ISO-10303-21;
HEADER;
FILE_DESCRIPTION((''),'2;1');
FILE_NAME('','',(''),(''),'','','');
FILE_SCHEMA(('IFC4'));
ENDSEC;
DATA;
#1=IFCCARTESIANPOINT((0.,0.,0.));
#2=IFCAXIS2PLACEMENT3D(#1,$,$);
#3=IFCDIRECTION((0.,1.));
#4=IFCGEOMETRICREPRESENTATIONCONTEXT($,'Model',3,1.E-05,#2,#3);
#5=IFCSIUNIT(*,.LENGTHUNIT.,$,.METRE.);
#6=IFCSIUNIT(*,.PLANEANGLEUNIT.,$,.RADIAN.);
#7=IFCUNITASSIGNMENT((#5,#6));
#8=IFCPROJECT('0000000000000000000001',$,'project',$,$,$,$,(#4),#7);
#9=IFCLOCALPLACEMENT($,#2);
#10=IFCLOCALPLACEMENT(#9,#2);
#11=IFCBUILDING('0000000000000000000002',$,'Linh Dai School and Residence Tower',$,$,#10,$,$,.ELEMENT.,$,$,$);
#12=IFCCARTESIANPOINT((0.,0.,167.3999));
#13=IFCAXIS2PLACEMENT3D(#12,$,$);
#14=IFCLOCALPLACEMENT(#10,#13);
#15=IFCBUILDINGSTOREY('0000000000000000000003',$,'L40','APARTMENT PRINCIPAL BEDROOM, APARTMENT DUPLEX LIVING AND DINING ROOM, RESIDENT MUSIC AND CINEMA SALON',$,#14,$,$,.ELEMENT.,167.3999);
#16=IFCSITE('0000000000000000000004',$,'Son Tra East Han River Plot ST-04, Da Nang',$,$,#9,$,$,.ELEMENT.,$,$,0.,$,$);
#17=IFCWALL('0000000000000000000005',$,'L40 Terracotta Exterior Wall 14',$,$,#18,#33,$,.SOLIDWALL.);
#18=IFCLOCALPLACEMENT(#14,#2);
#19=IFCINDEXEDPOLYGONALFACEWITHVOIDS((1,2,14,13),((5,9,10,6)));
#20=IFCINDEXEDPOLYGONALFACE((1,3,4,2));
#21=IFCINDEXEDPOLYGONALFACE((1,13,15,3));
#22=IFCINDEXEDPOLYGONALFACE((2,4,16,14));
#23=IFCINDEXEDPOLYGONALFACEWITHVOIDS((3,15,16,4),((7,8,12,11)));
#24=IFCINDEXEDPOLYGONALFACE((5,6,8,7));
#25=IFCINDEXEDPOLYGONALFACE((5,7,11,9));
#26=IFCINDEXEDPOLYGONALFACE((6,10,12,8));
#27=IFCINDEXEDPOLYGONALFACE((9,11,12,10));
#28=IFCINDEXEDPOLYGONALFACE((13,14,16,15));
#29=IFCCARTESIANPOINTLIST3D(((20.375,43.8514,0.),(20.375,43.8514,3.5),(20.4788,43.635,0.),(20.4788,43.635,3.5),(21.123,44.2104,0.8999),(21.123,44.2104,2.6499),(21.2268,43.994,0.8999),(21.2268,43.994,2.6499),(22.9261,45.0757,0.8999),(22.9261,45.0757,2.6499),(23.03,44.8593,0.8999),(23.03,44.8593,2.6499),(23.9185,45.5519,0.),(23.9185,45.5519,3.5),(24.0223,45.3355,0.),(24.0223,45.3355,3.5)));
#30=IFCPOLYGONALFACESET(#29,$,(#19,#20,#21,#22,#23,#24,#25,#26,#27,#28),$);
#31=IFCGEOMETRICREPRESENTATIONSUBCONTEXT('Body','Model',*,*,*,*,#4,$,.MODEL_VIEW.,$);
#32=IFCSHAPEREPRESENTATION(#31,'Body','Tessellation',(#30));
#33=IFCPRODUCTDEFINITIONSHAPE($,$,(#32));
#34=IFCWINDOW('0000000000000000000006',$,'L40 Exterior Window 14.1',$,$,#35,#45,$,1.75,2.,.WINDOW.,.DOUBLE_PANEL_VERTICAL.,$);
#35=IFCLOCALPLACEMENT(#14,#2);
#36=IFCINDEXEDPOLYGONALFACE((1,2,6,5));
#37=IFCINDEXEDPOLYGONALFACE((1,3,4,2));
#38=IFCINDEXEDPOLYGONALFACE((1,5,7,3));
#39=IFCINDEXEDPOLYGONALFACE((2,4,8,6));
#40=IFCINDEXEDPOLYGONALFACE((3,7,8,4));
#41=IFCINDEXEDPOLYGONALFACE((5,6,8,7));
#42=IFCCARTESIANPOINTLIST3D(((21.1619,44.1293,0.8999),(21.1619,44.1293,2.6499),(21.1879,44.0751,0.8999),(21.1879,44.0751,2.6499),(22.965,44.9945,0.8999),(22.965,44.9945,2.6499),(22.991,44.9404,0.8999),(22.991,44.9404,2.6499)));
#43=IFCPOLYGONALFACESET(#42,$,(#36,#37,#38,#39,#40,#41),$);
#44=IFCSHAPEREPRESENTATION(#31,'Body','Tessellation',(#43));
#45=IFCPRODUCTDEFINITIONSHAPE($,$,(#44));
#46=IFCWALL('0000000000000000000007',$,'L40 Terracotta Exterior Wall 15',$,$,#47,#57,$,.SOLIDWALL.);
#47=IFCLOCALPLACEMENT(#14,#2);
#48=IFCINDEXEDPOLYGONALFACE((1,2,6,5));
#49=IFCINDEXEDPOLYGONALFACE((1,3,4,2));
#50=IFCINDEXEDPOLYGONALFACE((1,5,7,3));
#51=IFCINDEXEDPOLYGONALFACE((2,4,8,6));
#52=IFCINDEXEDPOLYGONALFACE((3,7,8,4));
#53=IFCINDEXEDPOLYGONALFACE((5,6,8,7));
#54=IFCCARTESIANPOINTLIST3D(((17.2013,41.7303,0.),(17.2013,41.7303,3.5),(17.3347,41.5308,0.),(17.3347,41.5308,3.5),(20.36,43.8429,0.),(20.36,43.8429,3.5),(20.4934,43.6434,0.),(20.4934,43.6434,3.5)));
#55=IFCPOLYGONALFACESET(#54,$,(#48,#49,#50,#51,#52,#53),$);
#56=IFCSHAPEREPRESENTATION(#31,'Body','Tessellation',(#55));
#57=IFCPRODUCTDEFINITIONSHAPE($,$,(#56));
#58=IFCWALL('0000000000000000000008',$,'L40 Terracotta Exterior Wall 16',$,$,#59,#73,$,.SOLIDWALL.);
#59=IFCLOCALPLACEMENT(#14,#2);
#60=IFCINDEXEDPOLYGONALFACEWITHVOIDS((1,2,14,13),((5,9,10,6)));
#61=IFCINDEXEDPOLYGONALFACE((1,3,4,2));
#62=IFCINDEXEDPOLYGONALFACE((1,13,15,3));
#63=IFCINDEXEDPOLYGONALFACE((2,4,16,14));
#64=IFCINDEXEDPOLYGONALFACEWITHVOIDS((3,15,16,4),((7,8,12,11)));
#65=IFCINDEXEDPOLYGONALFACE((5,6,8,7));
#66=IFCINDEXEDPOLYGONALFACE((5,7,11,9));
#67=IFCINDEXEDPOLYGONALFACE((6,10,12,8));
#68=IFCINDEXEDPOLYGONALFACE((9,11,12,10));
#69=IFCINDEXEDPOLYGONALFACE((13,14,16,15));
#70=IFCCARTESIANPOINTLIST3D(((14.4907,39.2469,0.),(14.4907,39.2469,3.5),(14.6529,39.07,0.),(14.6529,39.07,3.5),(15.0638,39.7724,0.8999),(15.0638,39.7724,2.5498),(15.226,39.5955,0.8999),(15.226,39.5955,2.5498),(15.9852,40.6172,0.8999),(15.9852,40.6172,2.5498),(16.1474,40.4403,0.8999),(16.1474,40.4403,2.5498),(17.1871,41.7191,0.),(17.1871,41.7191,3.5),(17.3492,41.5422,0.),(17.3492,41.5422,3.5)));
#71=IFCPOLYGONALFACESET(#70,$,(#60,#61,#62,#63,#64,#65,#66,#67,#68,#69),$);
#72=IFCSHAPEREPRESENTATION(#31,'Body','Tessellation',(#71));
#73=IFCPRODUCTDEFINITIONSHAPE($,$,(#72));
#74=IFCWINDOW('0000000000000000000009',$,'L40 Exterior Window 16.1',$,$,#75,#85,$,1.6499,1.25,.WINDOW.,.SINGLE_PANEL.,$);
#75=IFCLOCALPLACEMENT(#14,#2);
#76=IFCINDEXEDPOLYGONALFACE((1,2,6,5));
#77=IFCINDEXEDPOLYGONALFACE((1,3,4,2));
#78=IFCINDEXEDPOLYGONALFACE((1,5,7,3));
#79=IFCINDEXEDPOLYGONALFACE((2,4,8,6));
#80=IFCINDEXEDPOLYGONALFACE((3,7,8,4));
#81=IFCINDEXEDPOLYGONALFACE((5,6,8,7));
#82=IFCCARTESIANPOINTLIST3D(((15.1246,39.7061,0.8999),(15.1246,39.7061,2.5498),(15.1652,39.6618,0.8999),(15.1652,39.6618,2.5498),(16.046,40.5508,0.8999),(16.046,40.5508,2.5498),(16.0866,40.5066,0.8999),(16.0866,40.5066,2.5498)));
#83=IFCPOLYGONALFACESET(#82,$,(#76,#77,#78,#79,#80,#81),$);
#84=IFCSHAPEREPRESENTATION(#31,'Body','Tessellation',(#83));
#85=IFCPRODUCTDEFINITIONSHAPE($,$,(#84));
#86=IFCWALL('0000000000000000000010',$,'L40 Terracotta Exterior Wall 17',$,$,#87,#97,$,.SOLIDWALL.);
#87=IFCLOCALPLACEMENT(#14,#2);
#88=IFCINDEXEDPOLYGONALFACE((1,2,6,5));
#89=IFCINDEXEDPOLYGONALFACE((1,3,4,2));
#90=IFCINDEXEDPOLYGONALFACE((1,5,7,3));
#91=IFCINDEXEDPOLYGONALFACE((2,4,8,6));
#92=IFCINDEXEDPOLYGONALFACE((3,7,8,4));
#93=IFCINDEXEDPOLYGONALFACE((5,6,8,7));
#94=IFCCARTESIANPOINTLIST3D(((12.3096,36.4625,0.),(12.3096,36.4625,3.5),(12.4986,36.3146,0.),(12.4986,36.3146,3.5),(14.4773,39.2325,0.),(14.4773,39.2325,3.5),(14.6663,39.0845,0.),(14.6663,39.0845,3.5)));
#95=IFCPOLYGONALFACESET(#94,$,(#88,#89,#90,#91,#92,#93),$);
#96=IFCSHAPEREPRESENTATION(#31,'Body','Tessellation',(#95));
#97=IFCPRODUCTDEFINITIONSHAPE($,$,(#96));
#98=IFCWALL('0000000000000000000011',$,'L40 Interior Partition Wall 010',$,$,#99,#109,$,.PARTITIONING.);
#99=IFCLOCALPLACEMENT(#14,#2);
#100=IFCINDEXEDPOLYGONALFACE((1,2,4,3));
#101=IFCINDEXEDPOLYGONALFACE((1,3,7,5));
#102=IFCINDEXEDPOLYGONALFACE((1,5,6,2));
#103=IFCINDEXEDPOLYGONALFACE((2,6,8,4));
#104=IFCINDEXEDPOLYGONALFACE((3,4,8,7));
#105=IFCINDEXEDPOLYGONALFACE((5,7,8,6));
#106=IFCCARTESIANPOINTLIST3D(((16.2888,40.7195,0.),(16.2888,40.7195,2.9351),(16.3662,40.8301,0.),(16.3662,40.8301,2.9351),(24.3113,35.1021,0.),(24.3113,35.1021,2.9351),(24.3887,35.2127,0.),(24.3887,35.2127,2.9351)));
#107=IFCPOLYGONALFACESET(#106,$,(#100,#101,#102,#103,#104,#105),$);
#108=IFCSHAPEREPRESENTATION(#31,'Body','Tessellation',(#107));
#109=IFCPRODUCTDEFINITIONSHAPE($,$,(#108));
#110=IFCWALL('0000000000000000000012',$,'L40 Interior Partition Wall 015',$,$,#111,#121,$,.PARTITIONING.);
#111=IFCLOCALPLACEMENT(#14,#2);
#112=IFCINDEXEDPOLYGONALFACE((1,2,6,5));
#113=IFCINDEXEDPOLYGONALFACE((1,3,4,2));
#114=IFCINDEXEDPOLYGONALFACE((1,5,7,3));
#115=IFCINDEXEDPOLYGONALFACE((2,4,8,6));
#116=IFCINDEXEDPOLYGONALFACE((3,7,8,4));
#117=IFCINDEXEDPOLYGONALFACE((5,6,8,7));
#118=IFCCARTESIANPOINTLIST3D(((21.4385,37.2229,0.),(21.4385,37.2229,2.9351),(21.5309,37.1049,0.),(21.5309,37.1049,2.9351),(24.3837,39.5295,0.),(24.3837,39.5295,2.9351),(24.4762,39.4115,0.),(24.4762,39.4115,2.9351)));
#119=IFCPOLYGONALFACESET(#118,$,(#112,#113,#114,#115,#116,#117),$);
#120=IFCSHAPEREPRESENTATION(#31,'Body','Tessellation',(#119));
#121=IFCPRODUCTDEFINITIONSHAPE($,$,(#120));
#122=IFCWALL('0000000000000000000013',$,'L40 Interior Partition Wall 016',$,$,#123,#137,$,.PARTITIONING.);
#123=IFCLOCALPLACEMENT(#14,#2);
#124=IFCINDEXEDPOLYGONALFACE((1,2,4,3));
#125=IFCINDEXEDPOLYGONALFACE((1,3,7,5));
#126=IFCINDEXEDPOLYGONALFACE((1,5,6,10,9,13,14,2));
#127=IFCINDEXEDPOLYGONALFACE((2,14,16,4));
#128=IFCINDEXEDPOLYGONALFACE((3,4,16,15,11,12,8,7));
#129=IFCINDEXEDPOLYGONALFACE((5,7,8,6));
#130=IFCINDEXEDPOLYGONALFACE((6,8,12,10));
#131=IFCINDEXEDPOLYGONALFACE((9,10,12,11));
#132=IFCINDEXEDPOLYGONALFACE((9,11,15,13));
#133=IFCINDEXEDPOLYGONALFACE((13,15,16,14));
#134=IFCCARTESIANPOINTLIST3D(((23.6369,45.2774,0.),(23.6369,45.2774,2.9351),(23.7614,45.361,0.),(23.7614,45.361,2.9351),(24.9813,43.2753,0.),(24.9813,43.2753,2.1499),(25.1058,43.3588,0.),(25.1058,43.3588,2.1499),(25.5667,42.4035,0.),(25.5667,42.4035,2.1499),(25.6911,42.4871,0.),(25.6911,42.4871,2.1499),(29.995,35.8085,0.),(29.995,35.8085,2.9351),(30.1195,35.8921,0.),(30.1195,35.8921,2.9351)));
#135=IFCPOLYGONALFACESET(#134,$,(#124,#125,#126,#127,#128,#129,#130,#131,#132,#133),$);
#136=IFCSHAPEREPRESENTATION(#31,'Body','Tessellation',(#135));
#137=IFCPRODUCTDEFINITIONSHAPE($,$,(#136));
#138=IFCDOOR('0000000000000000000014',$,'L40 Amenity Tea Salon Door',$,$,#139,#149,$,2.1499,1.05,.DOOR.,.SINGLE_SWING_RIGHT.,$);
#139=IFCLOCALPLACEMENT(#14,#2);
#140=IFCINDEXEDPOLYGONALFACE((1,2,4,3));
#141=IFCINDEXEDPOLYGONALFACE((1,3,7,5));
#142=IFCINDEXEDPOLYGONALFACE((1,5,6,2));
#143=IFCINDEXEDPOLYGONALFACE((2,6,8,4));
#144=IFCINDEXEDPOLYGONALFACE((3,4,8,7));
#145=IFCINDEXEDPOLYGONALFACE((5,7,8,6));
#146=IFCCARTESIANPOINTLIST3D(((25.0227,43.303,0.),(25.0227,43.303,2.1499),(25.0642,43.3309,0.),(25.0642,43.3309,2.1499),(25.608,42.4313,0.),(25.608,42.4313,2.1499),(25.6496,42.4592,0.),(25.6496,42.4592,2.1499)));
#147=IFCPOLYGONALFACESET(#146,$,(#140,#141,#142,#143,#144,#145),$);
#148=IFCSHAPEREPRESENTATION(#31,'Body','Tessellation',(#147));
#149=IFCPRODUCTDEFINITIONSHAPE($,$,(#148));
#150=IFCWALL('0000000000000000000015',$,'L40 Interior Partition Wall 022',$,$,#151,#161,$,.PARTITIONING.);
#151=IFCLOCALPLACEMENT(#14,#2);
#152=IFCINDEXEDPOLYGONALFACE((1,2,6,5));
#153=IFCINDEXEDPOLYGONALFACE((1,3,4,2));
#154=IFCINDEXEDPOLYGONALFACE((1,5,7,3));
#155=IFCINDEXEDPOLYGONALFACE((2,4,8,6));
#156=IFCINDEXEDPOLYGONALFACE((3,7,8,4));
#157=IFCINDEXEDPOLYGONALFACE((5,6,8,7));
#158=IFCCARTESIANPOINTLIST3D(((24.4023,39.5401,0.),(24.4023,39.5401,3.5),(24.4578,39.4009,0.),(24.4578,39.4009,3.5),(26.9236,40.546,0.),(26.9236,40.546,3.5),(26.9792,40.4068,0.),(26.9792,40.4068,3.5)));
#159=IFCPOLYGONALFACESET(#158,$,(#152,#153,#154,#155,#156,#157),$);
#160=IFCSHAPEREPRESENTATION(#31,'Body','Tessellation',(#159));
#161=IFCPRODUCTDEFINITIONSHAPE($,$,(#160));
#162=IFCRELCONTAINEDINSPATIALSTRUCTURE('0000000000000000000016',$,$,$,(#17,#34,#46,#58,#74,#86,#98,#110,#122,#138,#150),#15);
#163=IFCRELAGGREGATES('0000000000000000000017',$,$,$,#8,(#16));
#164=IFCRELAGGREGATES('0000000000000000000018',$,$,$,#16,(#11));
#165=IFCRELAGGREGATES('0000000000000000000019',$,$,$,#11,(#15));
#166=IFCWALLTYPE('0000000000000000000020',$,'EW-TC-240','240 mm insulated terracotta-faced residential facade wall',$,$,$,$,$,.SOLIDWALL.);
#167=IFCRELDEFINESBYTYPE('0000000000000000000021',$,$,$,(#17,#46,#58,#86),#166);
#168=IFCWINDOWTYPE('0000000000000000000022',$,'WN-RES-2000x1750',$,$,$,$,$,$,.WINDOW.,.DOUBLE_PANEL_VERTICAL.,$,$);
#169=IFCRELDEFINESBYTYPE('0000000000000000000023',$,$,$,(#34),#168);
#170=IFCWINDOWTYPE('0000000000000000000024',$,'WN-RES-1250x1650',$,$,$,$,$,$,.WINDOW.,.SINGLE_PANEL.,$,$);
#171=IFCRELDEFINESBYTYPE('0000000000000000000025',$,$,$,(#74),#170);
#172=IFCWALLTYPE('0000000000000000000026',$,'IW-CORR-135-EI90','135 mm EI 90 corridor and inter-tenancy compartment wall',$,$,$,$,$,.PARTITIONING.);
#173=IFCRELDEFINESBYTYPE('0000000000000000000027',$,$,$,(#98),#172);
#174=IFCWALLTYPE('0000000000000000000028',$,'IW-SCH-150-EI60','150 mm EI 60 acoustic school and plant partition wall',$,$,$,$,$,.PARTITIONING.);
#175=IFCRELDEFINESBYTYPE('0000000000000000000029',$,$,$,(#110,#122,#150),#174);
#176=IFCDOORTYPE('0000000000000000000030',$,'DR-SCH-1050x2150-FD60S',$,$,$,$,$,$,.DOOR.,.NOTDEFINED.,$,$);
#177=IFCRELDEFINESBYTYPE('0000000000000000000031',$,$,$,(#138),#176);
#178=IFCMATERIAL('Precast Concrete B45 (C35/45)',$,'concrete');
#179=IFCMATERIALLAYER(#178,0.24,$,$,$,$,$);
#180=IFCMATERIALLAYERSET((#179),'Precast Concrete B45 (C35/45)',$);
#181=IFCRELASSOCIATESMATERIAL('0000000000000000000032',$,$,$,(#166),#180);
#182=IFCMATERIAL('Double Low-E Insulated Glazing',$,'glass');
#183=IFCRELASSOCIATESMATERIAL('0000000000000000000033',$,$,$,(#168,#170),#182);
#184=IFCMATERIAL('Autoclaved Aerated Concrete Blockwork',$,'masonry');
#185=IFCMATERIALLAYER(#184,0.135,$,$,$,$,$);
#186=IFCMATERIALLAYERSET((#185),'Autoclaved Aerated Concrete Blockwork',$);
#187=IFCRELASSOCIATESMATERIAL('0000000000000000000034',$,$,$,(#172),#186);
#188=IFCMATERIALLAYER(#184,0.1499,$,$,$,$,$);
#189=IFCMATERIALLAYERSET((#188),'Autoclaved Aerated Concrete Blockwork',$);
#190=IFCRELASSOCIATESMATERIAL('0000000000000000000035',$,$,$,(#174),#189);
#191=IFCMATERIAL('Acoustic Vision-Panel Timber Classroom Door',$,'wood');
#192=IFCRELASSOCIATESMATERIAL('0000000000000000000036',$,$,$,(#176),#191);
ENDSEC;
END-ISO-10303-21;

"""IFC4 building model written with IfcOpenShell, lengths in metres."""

from ifc_helpers import new_model, si_unit, direction, frame, frame_2d, origin, origin_2d, place, context, subcontext, project, spatial, rectangle, extrude, source, transform, mapped, material, layer, layer_set, type_object, element, fill, save


model = new_model("IFC4")

# Units and contexts
model_context = context("Model", 3, precision=1e-05, world=origin(), true_north=direction((0.0, 1.0)))
body_context = subcontext(model_context, "Body", "Model", "MODEL_VIEW")
ifc_project = project(units=[si_unit("LENGTHUNIT", "METRE"), si_unit("PLANEANGLEUNIT", "RADIAN")], contexts=[model_context])

# Site, building, storey
site_placement = place(None, origin())
site = spatial("IfcSite", under=ifc_project, at=site_placement, Name="Son Tra East Han River Plot ST-04, Da Nang", CompositionType="ELEMENT", RefElevation=0.0)
building_placement = place(site_placement, origin())
building = spatial("IfcBuilding", under=site, at=building_placement, Name="Linh Dai School and Residence Tower", CompositionType="ELEMENT")
storey_placement = place(building_placement, frame((0.0, 0.0, 167.3999)))
storey = spatial("IfcBuildingStorey", under=building, at=storey_placement, Name="L40", Description="APARTMENT PRINCIPAL BEDROOM, APARTMENT DUPLEX LIVING AND DINING ROOM, RESIDENT MUSIC AND CINEMA SALON", CompositionType="ELEMENT", Elevation=167.3999)

# Shared definitions
ifc_material_1 = material(Name="Precast Concrete B45 (C35/45)", Category="concrete")

# Wall, opening, window
ifc_layer_1 = layer(ifc_material_1, 0.24)
ifc_layer_set_1 = layer_set([ifc_layer_1], Name="Precast Concrete B45 (C35/45)")
wall_type_1 = type_object("IfcWallType", Name="EW-TC-240", Description="240 mm insulated terracotta-faced residential facade wall", PredefinedType="SOLIDWALL", material=ifc_layer_set_1)
ifc_material_2 = material(Name="Double Low-E Insulated Glazing", Category="glass")
window_type_1 = type_object("IfcWindowType", Name="WN-RES-2000x1750", PartitioningType="DOUBLE_PANEL_VERTICAL", PredefinedType="WINDOW", material=ifc_material_2)
shared_shape_1 = source(origin(), body_context, "Body", "SweptSolid", [
    extrude(rectangle(XDim=2.0, YDim=1.75, at=origin_2d()), frame((1.0, 0.03, 0.875), z_axis=(0.0, -1.0, 0.0), x_axis=(1.0, 0.0, 0.0)), (0.0, 0.0, 1.0), 0.0601),
])
wall_1_placement = place(storey_placement, frame((20.4268, 43.7432, 0.0), z_axis=(0.0, 0.0, 1.0), x_axis=(0.901565, 0.432644, 0.0)))
wall_1 = element("IfcWall", 1, at=wall_1_placement, inside=storey, type_object=wall_type_1, Name="L40 Terracotta Exterior Wall 14", PredefinedType="SOLIDWALL", context=body_context, shape_type="SweptSolid", body=[
    extrude(rectangle(XDim=3.9304, YDim=0.24, at=frame_2d((1.9653, 0.0))), origin(), (0.0, 0.0, 1.0), 3.5),
])
opening_1_placement = place(wall_1_placement, frame((0.8298, 0.0, 0.8999)))
opening_1 = element("IfcOpeningElement", 2, at=opening_1_placement, cuts=wall_1, PredefinedType="OPENING", context=body_context, shape_type="SweptSolid", body=[
    extrude(rectangle(XDim=2.0, YDim=1.75, at=origin_2d()), frame((1.0, 0.1299, 0.875), z_axis=(0.0, -1.0, 0.0), x_axis=(1.0, 0.0, 0.0)), (0.0, 0.0, 1.0), 0.26),
])
window_1_placement = place(opening_1_placement, origin())
window_1 = element("IfcWindow", 3, at=window_1_placement, inside=storey, type_object=window_type_1, Name="L40 Exterior Window 14.1", OverallHeight=1.75, OverallWidth=2.0, PartitioningType="DOUBLE_PANEL_VERTICAL", PredefinedType="WINDOW", context=body_context, shape_type="MappedRepresentation", body=[
    mapped(shared_shape_1, transform((0.0, 0.0, 0.0), x_axis=(1.0, 0.0, 0.0), y_axis=(0.0, 1.0, 0.0), z_axis=(0.0, 0.0, 1.0), scale=1.0)),
])
fill(opening_1, window_1)

# Wall
wall_2_placement = place(storey_placement, frame((17.2681, 41.6306, 0.0), z_axis=(0.0, 0.0, 1.0), x_axis=(0.831229, 0.55593, 0.0)))
element("IfcWall", 4, at=wall_2_placement, inside=storey, type_object=wall_type_1, Name="L40 Terracotta Exterior Wall 15", PredefinedType="SOLIDWALL", context=body_context, shape_type="SweptSolid", body=[
    extrude(rectangle(XDim=3.8, YDim=0.24, at=frame_2d((1.8999, 0.0))), origin(), (0.0, 0.0, 1.0), 3.5),
])

# Wall, opening, window
wall_3_placement = place(storey_placement, frame((14.5718, 39.1584, 0.0), z_axis=(0.0, 0.0, 1.0), x_axis=(0.737077, 0.675809, 0.0)))
wall_3 = element("IfcWall", 5, at=wall_3_placement, inside=storey, type_object=wall_type_1, Name="L40 Terracotta Exterior Wall 16", PredefinedType="SOLIDWALL", context=body_context, shape_type="SweptSolid", body=[
    extrude(rectangle(XDim=3.6582, YDim=0.24, at=frame_2d((1.8291, 0.0))), origin(), (0.0, 0.0, 1.0), 3.5),
])
opening_2_placement = place(wall_3_placement, frame((0.7776, 0.0, 0.8999)))
opening_2 = element("IfcOpeningElement", 6, at=opening_2_placement, cuts=wall_3, PredefinedType="OPENING", context=body_context, shape_type="SweptSolid", body=[
    extrude(rectangle(XDim=1.25, YDim=1.6499, at=origin_2d()), frame((0.625, 0.1299, 0.825), z_axis=(0.0, -1.0, 0.0), x_axis=(1.0, 0.0, 0.0)), (0.0, 0.0, 1.0), 0.26),
])
window_type_2 = type_object("IfcWindowType", Name="WN-RES-1250x1650", PartitioningType="SINGLE_PANEL", PredefinedType="WINDOW", material=ifc_material_2)
shared_shape_2 = source(origin(), body_context, "Body", "SweptSolid", [
    extrude(rectangle(XDim=1.25, YDim=1.6499, at=origin_2d()), frame((0.625, 0.03, 0.825), z_axis=(0.0, -1.0, 0.0), x_axis=(1.0, 0.0, 0.0)), (0.0, 0.0, 1.0), 0.0601),
])
window_2_placement = place(opening_2_placement, origin())
window_2 = element("IfcWindow", 7, at=window_2_placement, inside=storey, type_object=window_type_2, Name="L40 Exterior Window 16.1", OverallHeight=1.6499, OverallWidth=1.25, PartitioningType="SINGLE_PANEL", PredefinedType="WINDOW", context=body_context, shape_type="MappedRepresentation", body=[
    mapped(shared_shape_2, transform((0.0, 0.0, 0.0), x_axis=(1.0, 0.0, 0.0), y_axis=(0.0, 1.0, 0.0), z_axis=(0.0, 0.0, 1.0), scale=1.0)),
])
fill(opening_2, window_2)

# Walls
wall_4_placement = place(storey_placement, frame((12.4041, 36.3884, 0.0), z_axis=(0.0, 0.0, 1.0), x_axis=(0.616288, 0.787521, 0.0)))
element("IfcWall", 8, at=wall_4_placement, inside=storey, type_object=wall_type_1, Name="L40 Terracotta Exterior Wall 17", PredefinedType="SOLIDWALL", context=body_context, shape_type="SweptSolid", body=[
    extrude(rectangle(XDim=3.5173, YDim=0.24, at=frame_2d((1.7588, 0.0))), origin(), (0.0, 0.0, 1.0), 3.5),
])
ifc_material_3 = material(Name="Autoclaved Aerated Concrete Blockwork", Category="masonry")
ifc_layer_2 = layer(ifc_material_3, 0.135)
ifc_layer_set_2 = layer_set([ifc_layer_2], Name="Autoclaved Aerated Concrete Blockwork")
wall_type_2 = type_object("IfcWallType", Name="IW-CORR-135-EI90", Description="135 mm EI 90 corridor and inter-tenancy compartment wall", PredefinedType="PARTITIONING", material=ifc_layer_set_2)
wall_5_placement = place(storey_placement, frame((16.3274, 40.7749, 0.0), z_axis=(0.0, 0.0, 1.0), x_axis=(0.81915, -0.573579, 0.0)))
element("IfcWall", 9, at=wall_5_placement, inside=storey, type_object=wall_type_2, Name="L40 Interior Partition Wall 010", PredefinedType="PARTITIONING", context=body_context, shape_type="SweptSolid", body=[
    extrude(rectangle(XDim=9.7937, YDim=0.135, at=frame_2d((4.897, 0.0))), origin(), (0.0, 0.0, 1.0), 2.9351),
])
ifc_layer_3 = layer(ifc_material_3, 0.1499)
ifc_layer_set_3 = layer_set([ifc_layer_3], Name="Autoclaved Aerated Concrete Blockwork")
wall_type_3 = type_object("IfcWallType", Name="IW-SCH-150-EI60", Description="150 mm EI 60 acoustic school and plant partition wall", PredefinedType="PARTITIONING", material=ifc_layer_set_3)
wall_6_placement = place(storey_placement, frame((21.4846, 37.1638, 0.0), z_axis=(0.0, 0.0, 1.0), x_axis=(0.787296, 0.616576, 0.0)))
element("IfcWall", 10, at=wall_6_placement, inside=storey, type_object=wall_type_3, Name="L40 Interior Partition Wall 015", PredefinedType="PARTITIONING", context=body_context, shape_type="SweptSolid", body=[
    extrude(rectangle(XDim=3.741, YDim=0.1499, at=frame_2d((1.8706, 0.0))), origin(), (0.0, 0.0, 1.0), 2.9351),
])

# Wall, opening, door
wall_7_placement = place(storey_placement, frame((23.6992, 45.3191, 0.0), z_axis=(0.0, 0.0, 1.0), x_axis=(0.557458, -0.830205, 0.0)))
wall_7 = element("IfcWall", 11, at=wall_7_placement, inside=storey, type_object=wall_type_3, Name="L40 Interior Partition Wall 016", PredefinedType="PARTITIONING", context=body_context, shape_type="SweptSolid", body=[
    extrude(rectangle(XDim=11.4055, YDim=0.1499, at=frame_2d((5.7026, 0.0))), origin(), (0.0, 0.0, 1.0), 2.9351),
])
opening_3_placement = place(wall_7_placement, frame((2.4116, 0.0, 0.0)))
opening_3 = element("IfcOpeningElement", 12, at=opening_3_placement, cuts=wall_7, PredefinedType="OPENING", context=body_context, shape_type="SweptSolid", body=[
    extrude(rectangle(XDim=1.05, YDim=2.1499, at=origin_2d()), frame((0.5249, 0.085, 1.075), z_axis=(0.0, -1.0, 0.0), x_axis=(1.0, 0.0, 0.0)), (0.0, 0.0, 1.0), 0.1699),
])
ifc_material_4 = material(Name="Acoustic Vision-Panel Timber Classroom Door", Category="wood")
door_type_1 = type_object("IfcDoorType", Name="DR-SCH-1050x2150-FD60S", OperationType="NOTDEFINED", PredefinedType="DOOR", material=ifc_material_4)
shared_shape_3 = source(origin(), body_context, "Body", "SweptSolid", [
    extrude(rectangle(XDim=1.05, YDim=2.1499, at=origin_2d()), frame((0.5249, 0.0249, 1.075), z_axis=(0.0, -1.0, 0.0), x_axis=(1.0, 0.0, 0.0)), (0.0, 0.0, 1.0), 0.05),
])
door_1_placement = place(opening_3_placement, origin())
door_1 = element("IfcDoor", 13, at=door_1_placement, inside=storey, type_object=door_type_1, Name="L40 Amenity Tea Salon Door", OperationType="SINGLE_SWING_RIGHT", OverallHeight=2.1499, OverallWidth=1.05, PredefinedType="DOOR", context=body_context, shape_type="MappedRepresentation", body=[
    mapped(shared_shape_3, transform((0.0, 0.0, 0.0), x_axis=(1.0, 0.0, 0.0), y_axis=(0.0, 1.0, 0.0), z_axis=(0.0, 0.0, 1.0), scale=1.0)),
])
fill(opening_3, door_1)

# Wall
wall_8_placement = place(storey_placement, frame((24.4299, 39.4705, 0.0), z_axis=(0.0, 0.0, 1.0), x_axis=(0.928811, 0.370553, 0.0)))
element("IfcWall", 14, at=wall_8_placement, inside=storey, type_object=wall_type_3, Name="L40 Interior Partition Wall 022", PredefinedType="PARTITIONING", context=body_context, shape_type="SweptSolid", body=[
    extrude(rectangle(XDim=2.7146, YDim=0.1499, at=frame_2d((1.3574, 0.0))), origin(), (0.0, 0.0, 1.0), 3.5),
])

save(model, "model.ifc")
